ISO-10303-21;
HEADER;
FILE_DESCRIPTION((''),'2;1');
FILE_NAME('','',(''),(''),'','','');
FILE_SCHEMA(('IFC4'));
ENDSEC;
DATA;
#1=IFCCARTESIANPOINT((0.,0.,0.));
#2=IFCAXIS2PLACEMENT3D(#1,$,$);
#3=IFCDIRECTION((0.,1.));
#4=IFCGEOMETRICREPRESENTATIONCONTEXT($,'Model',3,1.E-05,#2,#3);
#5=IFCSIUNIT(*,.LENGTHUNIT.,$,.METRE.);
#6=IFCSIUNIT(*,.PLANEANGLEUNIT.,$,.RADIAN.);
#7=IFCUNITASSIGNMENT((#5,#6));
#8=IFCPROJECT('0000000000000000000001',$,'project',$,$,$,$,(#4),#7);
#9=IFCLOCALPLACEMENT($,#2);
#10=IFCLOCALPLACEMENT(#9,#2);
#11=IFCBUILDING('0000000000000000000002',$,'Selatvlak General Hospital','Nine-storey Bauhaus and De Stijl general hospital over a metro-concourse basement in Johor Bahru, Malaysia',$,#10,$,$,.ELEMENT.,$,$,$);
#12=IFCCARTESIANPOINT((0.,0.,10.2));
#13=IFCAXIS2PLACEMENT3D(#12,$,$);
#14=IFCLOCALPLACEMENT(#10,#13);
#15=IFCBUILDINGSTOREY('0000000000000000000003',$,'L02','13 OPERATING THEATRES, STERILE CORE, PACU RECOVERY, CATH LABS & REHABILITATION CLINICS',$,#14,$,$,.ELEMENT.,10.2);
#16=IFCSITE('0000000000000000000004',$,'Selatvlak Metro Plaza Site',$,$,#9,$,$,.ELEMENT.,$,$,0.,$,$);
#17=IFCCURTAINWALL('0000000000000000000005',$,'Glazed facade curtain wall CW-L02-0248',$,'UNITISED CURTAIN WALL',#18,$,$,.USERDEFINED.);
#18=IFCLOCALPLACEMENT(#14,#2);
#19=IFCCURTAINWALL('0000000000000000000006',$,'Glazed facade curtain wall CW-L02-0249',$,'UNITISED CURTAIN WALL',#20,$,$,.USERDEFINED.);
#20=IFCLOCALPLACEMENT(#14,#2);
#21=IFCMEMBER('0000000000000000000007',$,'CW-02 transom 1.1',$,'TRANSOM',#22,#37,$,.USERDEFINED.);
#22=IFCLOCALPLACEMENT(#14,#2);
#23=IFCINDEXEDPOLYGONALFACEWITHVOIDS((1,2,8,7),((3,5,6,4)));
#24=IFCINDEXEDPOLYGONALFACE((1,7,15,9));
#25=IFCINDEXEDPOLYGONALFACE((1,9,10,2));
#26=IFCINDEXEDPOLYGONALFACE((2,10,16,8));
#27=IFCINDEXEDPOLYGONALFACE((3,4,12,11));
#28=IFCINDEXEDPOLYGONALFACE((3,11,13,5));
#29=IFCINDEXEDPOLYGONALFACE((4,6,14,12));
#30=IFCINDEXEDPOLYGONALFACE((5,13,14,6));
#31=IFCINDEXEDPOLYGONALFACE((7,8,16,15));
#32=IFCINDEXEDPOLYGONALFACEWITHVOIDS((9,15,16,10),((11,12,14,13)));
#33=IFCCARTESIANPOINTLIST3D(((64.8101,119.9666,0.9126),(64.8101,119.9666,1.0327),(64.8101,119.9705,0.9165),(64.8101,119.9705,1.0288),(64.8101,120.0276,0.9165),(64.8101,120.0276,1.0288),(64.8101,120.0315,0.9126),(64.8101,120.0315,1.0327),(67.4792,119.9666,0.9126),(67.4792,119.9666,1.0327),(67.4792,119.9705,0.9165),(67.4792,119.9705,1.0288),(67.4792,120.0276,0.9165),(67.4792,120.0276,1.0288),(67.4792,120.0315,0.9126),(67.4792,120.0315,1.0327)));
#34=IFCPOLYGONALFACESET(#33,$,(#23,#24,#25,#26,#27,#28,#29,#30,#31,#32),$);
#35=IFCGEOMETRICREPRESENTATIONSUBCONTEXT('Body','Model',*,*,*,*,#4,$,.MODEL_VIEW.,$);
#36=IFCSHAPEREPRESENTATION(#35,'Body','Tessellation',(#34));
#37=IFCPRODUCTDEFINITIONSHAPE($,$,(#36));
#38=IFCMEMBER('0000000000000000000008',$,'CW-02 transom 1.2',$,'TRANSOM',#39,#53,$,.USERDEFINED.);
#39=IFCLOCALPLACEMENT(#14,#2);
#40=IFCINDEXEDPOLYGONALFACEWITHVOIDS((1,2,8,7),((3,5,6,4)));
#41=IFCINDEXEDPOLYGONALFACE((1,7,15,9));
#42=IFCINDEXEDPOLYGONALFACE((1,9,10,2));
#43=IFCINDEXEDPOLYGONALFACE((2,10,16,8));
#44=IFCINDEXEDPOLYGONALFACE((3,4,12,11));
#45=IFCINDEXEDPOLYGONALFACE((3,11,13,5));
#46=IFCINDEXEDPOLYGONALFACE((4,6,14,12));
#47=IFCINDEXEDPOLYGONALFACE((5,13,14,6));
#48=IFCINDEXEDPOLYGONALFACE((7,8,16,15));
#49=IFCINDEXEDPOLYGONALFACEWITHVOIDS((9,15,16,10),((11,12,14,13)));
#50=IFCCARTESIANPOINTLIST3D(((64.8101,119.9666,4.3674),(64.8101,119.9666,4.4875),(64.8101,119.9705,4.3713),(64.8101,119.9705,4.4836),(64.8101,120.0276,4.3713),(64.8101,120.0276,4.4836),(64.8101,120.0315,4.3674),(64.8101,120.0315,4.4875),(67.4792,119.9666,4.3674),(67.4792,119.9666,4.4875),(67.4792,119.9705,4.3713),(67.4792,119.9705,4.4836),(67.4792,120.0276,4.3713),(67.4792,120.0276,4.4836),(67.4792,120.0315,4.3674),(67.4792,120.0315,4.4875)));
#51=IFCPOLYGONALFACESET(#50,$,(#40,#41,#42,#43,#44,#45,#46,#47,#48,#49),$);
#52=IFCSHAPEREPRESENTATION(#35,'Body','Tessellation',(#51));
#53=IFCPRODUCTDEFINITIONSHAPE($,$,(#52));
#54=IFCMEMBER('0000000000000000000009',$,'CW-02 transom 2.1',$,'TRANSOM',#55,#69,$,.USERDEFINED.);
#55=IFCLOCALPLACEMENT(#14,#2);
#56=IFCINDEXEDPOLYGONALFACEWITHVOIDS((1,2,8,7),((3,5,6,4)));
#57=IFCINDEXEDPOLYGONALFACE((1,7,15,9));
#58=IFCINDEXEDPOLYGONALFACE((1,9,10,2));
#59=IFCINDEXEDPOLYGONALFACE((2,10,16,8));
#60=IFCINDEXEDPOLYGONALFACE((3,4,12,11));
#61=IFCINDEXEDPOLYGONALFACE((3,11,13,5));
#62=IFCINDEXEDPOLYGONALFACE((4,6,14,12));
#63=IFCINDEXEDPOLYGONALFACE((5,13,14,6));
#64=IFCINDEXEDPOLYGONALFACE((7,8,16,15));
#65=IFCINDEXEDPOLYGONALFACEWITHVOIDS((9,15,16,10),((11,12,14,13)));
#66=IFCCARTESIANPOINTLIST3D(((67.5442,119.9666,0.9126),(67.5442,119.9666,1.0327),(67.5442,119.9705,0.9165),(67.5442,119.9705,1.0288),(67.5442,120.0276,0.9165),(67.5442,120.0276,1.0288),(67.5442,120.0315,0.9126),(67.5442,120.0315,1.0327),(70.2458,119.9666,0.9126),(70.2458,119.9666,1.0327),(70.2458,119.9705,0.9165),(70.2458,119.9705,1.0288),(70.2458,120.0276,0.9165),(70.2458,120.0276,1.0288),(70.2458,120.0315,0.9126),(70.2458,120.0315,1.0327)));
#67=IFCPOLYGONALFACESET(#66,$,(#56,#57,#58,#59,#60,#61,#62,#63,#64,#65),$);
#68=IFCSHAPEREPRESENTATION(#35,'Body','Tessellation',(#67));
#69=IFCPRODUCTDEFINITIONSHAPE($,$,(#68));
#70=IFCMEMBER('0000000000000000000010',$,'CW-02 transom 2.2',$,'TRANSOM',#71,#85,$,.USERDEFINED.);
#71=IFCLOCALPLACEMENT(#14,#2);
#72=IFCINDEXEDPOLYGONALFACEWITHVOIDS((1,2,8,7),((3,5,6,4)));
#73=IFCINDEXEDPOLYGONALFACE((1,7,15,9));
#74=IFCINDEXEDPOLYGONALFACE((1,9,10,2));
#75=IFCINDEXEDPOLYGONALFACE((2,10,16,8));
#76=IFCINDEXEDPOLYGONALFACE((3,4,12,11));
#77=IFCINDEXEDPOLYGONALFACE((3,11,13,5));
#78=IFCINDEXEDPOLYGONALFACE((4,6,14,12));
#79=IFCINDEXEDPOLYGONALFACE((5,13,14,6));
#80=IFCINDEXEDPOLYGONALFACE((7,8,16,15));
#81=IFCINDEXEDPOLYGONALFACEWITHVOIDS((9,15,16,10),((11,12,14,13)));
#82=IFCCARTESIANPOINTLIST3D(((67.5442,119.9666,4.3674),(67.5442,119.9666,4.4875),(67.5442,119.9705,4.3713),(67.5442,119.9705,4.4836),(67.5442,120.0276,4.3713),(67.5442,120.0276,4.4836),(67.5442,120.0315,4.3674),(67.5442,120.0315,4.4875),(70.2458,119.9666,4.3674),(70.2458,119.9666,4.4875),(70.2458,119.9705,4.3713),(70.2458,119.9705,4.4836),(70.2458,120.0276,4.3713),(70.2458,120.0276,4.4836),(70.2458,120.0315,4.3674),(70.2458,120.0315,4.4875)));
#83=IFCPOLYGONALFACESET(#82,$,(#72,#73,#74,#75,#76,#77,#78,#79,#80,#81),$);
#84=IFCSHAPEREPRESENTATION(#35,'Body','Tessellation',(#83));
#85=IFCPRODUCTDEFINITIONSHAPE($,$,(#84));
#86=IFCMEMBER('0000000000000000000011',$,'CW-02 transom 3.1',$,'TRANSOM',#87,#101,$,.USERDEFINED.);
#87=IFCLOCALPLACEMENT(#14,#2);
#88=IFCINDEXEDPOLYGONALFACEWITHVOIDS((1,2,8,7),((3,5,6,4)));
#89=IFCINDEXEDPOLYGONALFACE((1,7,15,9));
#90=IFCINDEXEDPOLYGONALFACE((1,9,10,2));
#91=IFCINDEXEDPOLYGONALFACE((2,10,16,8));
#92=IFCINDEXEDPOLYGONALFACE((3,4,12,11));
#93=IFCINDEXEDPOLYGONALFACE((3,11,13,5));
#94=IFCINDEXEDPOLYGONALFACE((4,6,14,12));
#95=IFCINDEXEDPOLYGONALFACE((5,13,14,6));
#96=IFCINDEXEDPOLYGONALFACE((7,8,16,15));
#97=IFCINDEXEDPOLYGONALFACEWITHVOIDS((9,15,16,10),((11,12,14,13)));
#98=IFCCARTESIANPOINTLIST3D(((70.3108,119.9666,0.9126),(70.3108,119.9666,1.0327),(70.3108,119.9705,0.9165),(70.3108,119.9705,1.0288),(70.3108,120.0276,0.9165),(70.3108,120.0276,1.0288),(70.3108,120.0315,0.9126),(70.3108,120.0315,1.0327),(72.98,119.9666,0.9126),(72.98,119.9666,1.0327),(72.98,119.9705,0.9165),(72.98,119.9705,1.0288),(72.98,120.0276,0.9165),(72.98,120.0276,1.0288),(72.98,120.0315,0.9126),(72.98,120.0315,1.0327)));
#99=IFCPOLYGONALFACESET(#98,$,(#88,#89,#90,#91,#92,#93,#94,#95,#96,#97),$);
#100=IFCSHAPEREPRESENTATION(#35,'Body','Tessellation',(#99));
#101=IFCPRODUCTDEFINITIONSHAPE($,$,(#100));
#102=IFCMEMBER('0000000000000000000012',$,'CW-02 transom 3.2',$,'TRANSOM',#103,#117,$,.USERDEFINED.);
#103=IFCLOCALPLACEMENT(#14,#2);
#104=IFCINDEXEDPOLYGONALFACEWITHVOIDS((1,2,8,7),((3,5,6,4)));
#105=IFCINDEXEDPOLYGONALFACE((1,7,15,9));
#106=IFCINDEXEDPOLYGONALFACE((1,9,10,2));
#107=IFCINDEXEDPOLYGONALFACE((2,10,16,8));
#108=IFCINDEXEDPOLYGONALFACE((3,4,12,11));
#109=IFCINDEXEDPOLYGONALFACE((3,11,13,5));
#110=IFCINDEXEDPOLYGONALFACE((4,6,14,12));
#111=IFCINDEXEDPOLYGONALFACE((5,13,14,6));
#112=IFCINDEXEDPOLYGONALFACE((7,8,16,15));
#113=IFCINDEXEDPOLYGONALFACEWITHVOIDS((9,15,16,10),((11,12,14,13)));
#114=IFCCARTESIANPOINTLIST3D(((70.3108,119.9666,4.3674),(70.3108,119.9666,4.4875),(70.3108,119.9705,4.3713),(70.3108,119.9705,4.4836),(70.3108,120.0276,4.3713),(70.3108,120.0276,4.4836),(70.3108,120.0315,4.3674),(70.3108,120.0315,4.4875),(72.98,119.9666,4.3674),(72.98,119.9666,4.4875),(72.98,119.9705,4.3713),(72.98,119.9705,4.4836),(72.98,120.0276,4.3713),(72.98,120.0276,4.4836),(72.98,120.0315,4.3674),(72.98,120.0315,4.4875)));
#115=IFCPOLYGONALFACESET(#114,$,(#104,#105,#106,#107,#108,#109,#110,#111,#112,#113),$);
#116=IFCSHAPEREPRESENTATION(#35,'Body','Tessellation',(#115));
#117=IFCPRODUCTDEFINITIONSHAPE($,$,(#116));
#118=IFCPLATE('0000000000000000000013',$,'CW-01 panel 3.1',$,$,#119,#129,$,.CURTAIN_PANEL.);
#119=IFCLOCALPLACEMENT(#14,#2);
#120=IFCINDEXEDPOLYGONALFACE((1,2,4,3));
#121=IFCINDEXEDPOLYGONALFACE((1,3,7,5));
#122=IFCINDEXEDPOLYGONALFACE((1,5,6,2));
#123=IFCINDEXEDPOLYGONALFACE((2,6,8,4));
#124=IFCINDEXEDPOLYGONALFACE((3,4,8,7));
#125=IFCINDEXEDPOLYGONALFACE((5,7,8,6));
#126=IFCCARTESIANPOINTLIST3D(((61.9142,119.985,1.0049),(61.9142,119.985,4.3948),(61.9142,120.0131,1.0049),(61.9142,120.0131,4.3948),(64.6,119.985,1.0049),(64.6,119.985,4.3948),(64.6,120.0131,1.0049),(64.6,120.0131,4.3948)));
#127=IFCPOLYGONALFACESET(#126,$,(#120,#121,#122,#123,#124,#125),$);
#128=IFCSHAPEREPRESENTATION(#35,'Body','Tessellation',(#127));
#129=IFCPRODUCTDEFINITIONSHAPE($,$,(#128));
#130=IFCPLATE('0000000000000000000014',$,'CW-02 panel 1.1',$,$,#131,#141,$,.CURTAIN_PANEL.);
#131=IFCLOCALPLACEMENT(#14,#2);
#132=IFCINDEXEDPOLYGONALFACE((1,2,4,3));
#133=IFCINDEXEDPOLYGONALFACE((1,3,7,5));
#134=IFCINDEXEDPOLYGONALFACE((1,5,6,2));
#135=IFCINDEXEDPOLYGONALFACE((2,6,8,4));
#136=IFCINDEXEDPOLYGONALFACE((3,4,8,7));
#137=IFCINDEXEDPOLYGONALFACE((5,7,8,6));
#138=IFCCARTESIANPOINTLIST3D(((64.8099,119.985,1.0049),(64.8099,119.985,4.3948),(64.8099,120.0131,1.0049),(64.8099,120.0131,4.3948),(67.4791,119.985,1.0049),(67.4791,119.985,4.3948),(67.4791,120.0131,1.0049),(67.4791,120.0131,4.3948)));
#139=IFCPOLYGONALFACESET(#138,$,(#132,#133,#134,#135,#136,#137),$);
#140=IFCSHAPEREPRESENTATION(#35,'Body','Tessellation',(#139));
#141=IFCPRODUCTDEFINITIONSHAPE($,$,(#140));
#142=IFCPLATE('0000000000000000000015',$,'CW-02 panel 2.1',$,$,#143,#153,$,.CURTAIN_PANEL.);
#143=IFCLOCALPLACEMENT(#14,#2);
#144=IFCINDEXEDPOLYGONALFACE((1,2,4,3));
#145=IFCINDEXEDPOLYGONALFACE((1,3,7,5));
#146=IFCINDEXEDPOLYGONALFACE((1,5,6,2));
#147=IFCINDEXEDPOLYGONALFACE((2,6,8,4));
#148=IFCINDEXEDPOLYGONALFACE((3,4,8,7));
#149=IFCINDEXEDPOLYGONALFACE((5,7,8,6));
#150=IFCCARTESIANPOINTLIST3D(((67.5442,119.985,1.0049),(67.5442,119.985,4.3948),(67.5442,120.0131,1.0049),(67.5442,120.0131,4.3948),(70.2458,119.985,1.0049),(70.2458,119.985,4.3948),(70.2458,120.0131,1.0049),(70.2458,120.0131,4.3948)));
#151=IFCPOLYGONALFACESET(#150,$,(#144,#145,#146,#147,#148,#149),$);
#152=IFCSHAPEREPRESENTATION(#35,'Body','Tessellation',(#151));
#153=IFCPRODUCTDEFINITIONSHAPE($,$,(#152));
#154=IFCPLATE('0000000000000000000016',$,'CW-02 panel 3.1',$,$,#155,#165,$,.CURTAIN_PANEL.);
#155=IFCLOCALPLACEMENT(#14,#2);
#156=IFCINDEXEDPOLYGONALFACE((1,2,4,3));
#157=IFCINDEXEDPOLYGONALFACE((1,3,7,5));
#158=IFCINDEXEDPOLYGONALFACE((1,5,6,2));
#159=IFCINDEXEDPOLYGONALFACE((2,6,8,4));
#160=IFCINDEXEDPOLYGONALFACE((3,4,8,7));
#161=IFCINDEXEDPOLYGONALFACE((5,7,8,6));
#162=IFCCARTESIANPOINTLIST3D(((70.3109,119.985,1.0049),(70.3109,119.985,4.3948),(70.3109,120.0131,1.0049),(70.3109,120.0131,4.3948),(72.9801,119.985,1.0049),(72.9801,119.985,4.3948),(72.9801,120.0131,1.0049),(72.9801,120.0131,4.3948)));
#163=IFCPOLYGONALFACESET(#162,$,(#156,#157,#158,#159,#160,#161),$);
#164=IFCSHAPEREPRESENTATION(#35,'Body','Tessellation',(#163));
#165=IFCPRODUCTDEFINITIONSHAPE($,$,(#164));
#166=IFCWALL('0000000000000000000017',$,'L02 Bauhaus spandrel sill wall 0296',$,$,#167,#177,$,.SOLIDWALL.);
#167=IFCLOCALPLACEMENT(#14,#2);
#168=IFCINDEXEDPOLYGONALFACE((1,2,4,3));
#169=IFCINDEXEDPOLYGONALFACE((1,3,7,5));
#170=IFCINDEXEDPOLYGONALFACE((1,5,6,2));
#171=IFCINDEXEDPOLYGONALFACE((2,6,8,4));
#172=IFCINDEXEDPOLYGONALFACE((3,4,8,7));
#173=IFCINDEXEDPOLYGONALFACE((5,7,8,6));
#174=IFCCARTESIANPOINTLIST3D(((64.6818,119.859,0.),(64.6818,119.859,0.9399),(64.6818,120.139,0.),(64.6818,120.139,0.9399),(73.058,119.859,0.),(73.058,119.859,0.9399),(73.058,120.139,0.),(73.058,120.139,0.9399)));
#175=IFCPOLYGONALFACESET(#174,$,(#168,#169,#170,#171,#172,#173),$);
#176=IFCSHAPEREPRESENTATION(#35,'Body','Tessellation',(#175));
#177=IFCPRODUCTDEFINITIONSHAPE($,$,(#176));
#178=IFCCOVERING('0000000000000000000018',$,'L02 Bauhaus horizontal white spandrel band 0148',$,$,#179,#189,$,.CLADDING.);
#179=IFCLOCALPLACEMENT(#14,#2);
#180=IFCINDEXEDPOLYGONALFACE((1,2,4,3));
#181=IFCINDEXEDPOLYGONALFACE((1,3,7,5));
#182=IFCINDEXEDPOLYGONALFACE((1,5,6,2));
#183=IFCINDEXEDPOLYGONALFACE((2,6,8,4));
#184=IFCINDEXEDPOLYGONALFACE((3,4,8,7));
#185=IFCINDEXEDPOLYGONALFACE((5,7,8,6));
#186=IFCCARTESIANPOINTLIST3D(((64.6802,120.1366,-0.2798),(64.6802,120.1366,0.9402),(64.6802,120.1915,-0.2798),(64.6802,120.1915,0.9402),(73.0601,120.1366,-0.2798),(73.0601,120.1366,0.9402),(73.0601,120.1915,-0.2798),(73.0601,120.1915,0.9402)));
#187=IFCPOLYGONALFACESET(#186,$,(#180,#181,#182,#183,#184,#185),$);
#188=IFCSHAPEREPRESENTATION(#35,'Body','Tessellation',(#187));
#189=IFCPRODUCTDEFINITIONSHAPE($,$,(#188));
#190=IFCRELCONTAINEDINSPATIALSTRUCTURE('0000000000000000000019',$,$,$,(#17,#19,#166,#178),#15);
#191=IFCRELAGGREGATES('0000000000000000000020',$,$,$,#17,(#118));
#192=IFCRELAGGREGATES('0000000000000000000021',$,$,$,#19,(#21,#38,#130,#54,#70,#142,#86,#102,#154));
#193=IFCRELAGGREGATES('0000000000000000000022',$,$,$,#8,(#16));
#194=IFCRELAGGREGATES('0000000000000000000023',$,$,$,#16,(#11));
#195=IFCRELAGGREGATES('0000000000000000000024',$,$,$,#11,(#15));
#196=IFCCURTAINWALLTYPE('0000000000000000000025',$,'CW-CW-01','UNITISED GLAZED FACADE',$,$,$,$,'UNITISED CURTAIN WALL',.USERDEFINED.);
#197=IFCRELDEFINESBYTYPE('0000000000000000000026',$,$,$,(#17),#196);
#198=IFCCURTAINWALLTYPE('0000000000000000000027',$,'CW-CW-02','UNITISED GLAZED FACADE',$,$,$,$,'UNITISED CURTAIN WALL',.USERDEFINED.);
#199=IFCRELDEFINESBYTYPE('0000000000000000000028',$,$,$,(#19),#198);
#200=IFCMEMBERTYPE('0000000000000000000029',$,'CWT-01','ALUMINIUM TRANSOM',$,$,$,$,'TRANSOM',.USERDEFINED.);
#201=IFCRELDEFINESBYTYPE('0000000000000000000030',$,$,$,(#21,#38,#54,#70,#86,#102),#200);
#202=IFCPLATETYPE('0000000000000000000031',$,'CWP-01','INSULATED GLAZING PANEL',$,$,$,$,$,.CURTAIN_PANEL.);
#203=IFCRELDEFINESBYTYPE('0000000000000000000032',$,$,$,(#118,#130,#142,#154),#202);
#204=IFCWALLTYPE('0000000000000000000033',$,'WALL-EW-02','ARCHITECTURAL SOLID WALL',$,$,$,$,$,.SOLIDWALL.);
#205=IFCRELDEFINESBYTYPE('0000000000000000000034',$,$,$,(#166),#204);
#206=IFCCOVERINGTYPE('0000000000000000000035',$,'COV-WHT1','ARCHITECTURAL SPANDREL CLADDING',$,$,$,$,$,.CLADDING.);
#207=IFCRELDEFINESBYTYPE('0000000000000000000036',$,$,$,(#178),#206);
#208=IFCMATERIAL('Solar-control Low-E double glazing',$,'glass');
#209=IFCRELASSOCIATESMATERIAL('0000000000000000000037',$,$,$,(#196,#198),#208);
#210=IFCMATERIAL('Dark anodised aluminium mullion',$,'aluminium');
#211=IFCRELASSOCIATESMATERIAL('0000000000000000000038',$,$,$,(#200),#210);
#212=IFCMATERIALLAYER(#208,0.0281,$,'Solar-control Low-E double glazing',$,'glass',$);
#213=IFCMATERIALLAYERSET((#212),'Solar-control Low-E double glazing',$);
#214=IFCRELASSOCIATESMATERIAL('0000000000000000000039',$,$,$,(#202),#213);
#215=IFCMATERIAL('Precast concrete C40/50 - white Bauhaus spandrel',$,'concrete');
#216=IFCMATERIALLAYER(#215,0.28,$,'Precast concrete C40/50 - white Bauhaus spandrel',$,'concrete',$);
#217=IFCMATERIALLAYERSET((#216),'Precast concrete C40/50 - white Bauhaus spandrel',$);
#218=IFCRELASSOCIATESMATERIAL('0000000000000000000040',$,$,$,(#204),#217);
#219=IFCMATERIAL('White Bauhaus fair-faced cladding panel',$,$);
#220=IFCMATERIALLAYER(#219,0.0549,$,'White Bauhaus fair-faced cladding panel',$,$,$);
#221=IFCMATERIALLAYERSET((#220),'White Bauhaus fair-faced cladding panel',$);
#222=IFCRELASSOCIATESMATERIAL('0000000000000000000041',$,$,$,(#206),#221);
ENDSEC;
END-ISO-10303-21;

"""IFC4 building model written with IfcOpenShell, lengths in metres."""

from ifc_helpers import new_model, si_unit, direction, frame, frame_2d, origin, origin_2d, place, context, subcontext, project, spatial, rectangle, hollow_rectangle, extrude, material, layer, layer_set, material_profile, profile_set, type_object, element, aggregate, save


model = new_model("IFC4")

# Units and contexts
model_context = context("Model", 3, precision=1e-05, world=origin(), true_north=direction((0.0, 1.0)))
body_context = subcontext(model_context, "Body", "Model", "MODEL_VIEW")
ifc_project = project(units=[si_unit("LENGTHUNIT", "METRE"), si_unit("PLANEANGLEUNIT", "RADIAN")], contexts=[model_context])

# Site, building, storey
site_placement = place(None, origin())
site = spatial("IfcSite", under=ifc_project, at=site_placement, Name="Selatvlak Metro Plaza Site", CompositionType="ELEMENT", RefElevation=0.0)
building_placement = place(site_placement, origin())
building = spatial("IfcBuilding", under=site, at=building_placement, Name="Selatvlak General Hospital", Description="Nine-storey Bauhaus and De Stijl general hospital over a metro-concourse basement in Johor Bahru, Malaysia", CompositionType="ELEMENT")
storey_placement = place(building_placement, frame((0.0, 0.0, 10.2)))
storey = spatial("IfcBuildingStorey", under=building, at=storey_placement, Name="L02", Description="13 OPERATING THEATRES, STERILE CORE, PACU RECOVERY, CATH LABS & REHABILITATION CLINICS", CompositionType="ELEMENT", Elevation=10.2)

# Curtain wall
ifc_material_1 = material(Name="Solar-control Low-E double glazing", Category="glass")
curtain_wall_type_1 = type_object("IfcCurtainWallType", Name="CW-CW-01", Description="UNITISED GLAZED FACADE", ElementType="UNITISED CURTAIN WALL", PredefinedType="USERDEFINED", material=ifc_material_1)
curtain_wall_1_placement = place(storey_placement, origin())
curtain_wall_1 = element("IfcCurtainWall", 1, at=curtain_wall_1_placement, inside=storey, type_object=curtain_wall_type_1, Name="Glazed facade curtain wall CW-L02-0248", ObjectType="UNITISED CURTAIN WALL", PredefinedType="USERDEFINED")
ifc_material_2 = material(Name="Dark anodised aluminium mullion", Category="aluminium")

# Curtain wall
curtain_wall_type_2 = type_object("IfcCurtainWallType", Name="CW-CW-02", Description="UNITISED GLAZED FACADE", ElementType="UNITISED CURTAIN WALL", PredefinedType="USERDEFINED", material=ifc_material_1)
curtain_wall_2_placement = place(storey_placement, origin())
curtain_wall_2 = element("IfcCurtainWall", 2, at=curtain_wall_2_placement, inside=storey, type_object=curtain_wall_type_2, Name="Glazed facade curtain wall CW-L02-0249", ObjectType="UNITISED CURTAIN WALL", PredefinedType="USERDEFINED")

# Members
ifc_material_profile_1 = material_profile(ifc_material_2, hollow_rectangle(XDim=0.0649, YDim=0.1201, WallThickness=0.0039, at=origin_2d()), Name="AL-TRN 65x120x4")
ifc_profile_set_1 = profile_set([ifc_material_profile_1], Name="Dark anodised aluminium mullion")
member_type_1 = type_object("IfcMemberType", Name="CWT-01", Description="ALUMINIUM TRANSOM", ElementType="TRANSOM", PredefinedType="USERDEFINED", material=ifc_profile_set_1)
member_1_placement = place(storey_placement, frame((64.8101, 119.999, 0.9727), z_axis=(1.0, 0.0, 0.0), x_axis=(0.0, 1.0, 0.0)))
member_1 = element("IfcMember", 3, at=member_1_placement, type_object=member_type_1, Name="CW-02 transom 1.1", ObjectType="TRANSOM", PredefinedType="USERDEFINED", context=body_context, shape_type="SweptSolid", body=[
    extrude(hollow_rectangle(XDim=0.0649, YDim=0.1201, WallThickness=0.0039, at=origin_2d()), origin(), (0.0, 0.0, 1.0), 2.6692),
])
member_2_placement = place(storey_placement, frame((64.8101, 119.999, 4.4275), z_axis=(1.0, 0.0, 0.0), x_axis=(0.0, 1.0, 0.0)))
member_2 = element("IfcMember", 4, at=member_2_placement, type_object=member_type_1, Name="CW-02 transom 1.2", ObjectType="TRANSOM", PredefinedType="USERDEFINED", context=body_context, shape_type="SweptSolid", body=[
    extrude(hollow_rectangle(XDim=0.0649, YDim=0.1201, WallThickness=0.0039, at=origin_2d()), origin(), (0.0, 0.0, 1.0), 2.6692),
])
member_3_placement = place(storey_placement, frame((67.5442, 119.999, 0.9727), z_axis=(1.0, 0.0, 0.0), x_axis=(0.0, 1.0, 0.0)))
member_3 = element("IfcMember", 5, at=member_3_placement, type_object=member_type_1, Name="CW-02 transom 2.1", ObjectType="TRANSOM", PredefinedType="USERDEFINED", context=body_context, shape_type="SweptSolid", body=[
    extrude(hollow_rectangle(XDim=0.0649, YDim=0.1201, WallThickness=0.0039, at=origin_2d()), origin(), (0.0, 0.0, 1.0), 2.7017),
])
member_4_placement = place(storey_placement, frame((67.5442, 119.999, 4.4275), z_axis=(1.0, 0.0, 0.0), x_axis=(0.0, 1.0, 0.0)))
member_4 = element("IfcMember", 6, at=member_4_placement, type_object=member_type_1, Name="CW-02 transom 2.2", ObjectType="TRANSOM", PredefinedType="USERDEFINED", context=body_context, shape_type="SweptSolid", body=[
    extrude(hollow_rectangle(XDim=0.0649, YDim=0.1201, WallThickness=0.0039, at=origin_2d()), origin(), (0.0, 0.0, 1.0), 2.7017),
])
member_5_placement = place(storey_placement, frame((70.3108, 119.999, 0.9727), z_axis=(1.0, 0.0, 0.0), x_axis=(0.0, 1.0, 0.0)))
member_5 = element("IfcMember", 7, at=member_5_placement, type_object=member_type_1, Name="CW-02 transom 3.1", ObjectType="TRANSOM", PredefinedType="USERDEFINED", context=body_context, shape_type="SweptSolid", body=[
    extrude(hollow_rectangle(XDim=0.0649, YDim=0.1201, WallThickness=0.0039, at=origin_2d()), origin(), (0.0, 0.0, 1.0), 2.6692),
])
member_6_placement = place(storey_placement, frame((70.3108, 119.999, 4.4275), z_axis=(1.0, 0.0, 0.0), x_axis=(0.0, 1.0, 0.0)))
member_6 = element("IfcMember", 8, at=member_6_placement, type_object=member_type_1, Name="CW-02 transom 3.2", ObjectType="TRANSOM", PredefinedType="USERDEFINED", context=body_context, shape_type="SweptSolid", body=[
    extrude(hollow_rectangle(XDim=0.0649, YDim=0.1201, WallThickness=0.0039, at=origin_2d()), origin(), (0.0, 0.0, 1.0), 2.6692),
])

# Plates
ifc_layer_1 = layer(ifc_material_1, 0.0281, Name="Solar-control Low-E double glazing", Category="glass")
ifc_layer_set_1 = layer_set([ifc_layer_1], Name="Solar-control Low-E double glazing")
plate_type = type_object("IfcPlateType", Name="CWP-01", Description="INSULATED GLAZING PANEL", PredefinedType="CURTAIN_PANEL", material=ifc_layer_set_1)
plate_1_placement = place(storey_placement, frame((63.2571, 119.999, 1.0049), z_axis=(0.0, 0.0, 1.0), x_axis=(1.0, 0.0, 0.0)))
plate_1 = element("IfcPlate", 9, at=plate_1_placement, type_object=plate_type, Name="CW-01 panel 3.1", PredefinedType="CURTAIN_PANEL", context=body_context, shape_type="SweptSolid", body=[
    extrude(rectangle(XDim=2.6858, YDim=0.0281, at=origin_2d()), origin(), (0.0, 0.0, 1.0), 3.3899),
])
aggregate(curtain_wall_1, [plate_1])
plate_2_placement = place(storey_placement, frame((66.1445, 119.999, 1.0049), z_axis=(0.0, 0.0, 1.0), x_axis=(1.0, 0.0, 0.0)))
plate_2 = element("IfcPlate", 10, at=plate_2_placement, type_object=plate_type, Name="CW-02 panel 1.1", PredefinedType="CURTAIN_PANEL", context=body_context, shape_type="SweptSolid", body=[
    extrude(rectangle(XDim=2.6692, YDim=0.0281, at=origin_2d()), origin(), (0.0, 0.0, 1.0), 3.3899),
])
plate_3_placement = place(storey_placement, frame((68.895, 119.999, 1.0049), z_axis=(0.0, 0.0, 1.0), x_axis=(1.0, 0.0, 0.0)))
plate_3 = element("IfcPlate", 11, at=plate_3_placement, type_object=plate_type, Name="CW-02 panel 2.1", PredefinedType="CURTAIN_PANEL", context=body_context, shape_type="SweptSolid", body=[
    extrude(rectangle(XDim=2.7017, YDim=0.0281, at=origin_2d()), origin(), (0.0, 0.0, 1.0), 3.3899),
])
plate_4_placement = place(storey_placement, frame((71.6455, 119.999, 1.0049), z_axis=(0.0, 0.0, 1.0), x_axis=(1.0, 0.0, 0.0)))
plate_4 = element("IfcPlate", 12, at=plate_4_placement, type_object=plate_type, Name="CW-02 panel 3.1", PredefinedType="CURTAIN_PANEL", context=body_context, shape_type="SweptSolid", body=[
    extrude(rectangle(XDim=2.6692, YDim=0.0281, at=origin_2d()), origin(), (0.0, 0.0, 1.0), 3.3899),
])
aggregate(curtain_wall_2, [member_1, member_2, plate_2, member_3, member_4, plate_3, member_5, member_6, plate_4])

# Wall
ifc_material_3 = material(Name="Precast concrete C40/50 - white Bauhaus spandrel", Category="concrete")
ifc_layer_2 = layer(ifc_material_3, 0.28, Name="Precast concrete C40/50 - white Bauhaus spandrel", Category="concrete")
ifc_layer_set_2 = layer_set([ifc_layer_2], Name="Precast concrete C40/50 - white Bauhaus spandrel")
wall_type = type_object("IfcWallType", Name="WALL-EW-02", Description="ARCHITECTURAL SOLID WALL", PredefinedType="SOLIDWALL", material=ifc_layer_set_2)
wall_placement = place(storey_placement, frame((64.6819, 119.999, 0.0), z_axis=(0.0, 0.0, 1.0), x_axis=(1.0, 0.0, 0.0)))
element("IfcWall", 13, at=wall_placement, inside=storey, type_object=wall_type, Name="L02 Bauhaus spandrel sill wall 0296", PredefinedType="SOLIDWALL", context=body_context, shape_type="SweptSolid", body=[
    extrude(rectangle(XDim=8.3762, YDim=0.28, at=frame_2d((4.188, 0.0))), origin(), (0.0, 0.0, 1.0), 0.9399),
])

# Covering
ifc_material_4 = material(Name="White Bauhaus fair-faced cladding panel")
ifc_layer_3 = layer(ifc_material_4, 0.0549, Name="White Bauhaus fair-faced cladding panel")
ifc_layer_set_3 = layer_set([ifc_layer_3], Name="White Bauhaus fair-faced cladding panel")
covering_type = type_object("IfcCoveringType", Name="COV-WHT1", Description="ARCHITECTURAL SPANDREL CLADDING", PredefinedType="CLADDING", material=ifc_layer_set_3)
covering_placement = place(storey_placement, frame((68.8701, 120.1641, -0.2798), z_axis=(0.0, 0.0, 1.0), x_axis=(1.0, 0.0, 0.0)))
element("IfcCovering", 14, at=covering_placement, inside=storey, type_object=covering_type, Name="L02 Bauhaus horizontal white spandrel band 0148", PredefinedType="CLADDING", context=body_context, shape_type="SweptSolid", body=[
    extrude(rectangle(XDim=8.3799, YDim=0.0549, at=origin_2d()), origin(), (0.0, 0.0, 1.0), 1.22),
])

save(model, "model.ifc")
